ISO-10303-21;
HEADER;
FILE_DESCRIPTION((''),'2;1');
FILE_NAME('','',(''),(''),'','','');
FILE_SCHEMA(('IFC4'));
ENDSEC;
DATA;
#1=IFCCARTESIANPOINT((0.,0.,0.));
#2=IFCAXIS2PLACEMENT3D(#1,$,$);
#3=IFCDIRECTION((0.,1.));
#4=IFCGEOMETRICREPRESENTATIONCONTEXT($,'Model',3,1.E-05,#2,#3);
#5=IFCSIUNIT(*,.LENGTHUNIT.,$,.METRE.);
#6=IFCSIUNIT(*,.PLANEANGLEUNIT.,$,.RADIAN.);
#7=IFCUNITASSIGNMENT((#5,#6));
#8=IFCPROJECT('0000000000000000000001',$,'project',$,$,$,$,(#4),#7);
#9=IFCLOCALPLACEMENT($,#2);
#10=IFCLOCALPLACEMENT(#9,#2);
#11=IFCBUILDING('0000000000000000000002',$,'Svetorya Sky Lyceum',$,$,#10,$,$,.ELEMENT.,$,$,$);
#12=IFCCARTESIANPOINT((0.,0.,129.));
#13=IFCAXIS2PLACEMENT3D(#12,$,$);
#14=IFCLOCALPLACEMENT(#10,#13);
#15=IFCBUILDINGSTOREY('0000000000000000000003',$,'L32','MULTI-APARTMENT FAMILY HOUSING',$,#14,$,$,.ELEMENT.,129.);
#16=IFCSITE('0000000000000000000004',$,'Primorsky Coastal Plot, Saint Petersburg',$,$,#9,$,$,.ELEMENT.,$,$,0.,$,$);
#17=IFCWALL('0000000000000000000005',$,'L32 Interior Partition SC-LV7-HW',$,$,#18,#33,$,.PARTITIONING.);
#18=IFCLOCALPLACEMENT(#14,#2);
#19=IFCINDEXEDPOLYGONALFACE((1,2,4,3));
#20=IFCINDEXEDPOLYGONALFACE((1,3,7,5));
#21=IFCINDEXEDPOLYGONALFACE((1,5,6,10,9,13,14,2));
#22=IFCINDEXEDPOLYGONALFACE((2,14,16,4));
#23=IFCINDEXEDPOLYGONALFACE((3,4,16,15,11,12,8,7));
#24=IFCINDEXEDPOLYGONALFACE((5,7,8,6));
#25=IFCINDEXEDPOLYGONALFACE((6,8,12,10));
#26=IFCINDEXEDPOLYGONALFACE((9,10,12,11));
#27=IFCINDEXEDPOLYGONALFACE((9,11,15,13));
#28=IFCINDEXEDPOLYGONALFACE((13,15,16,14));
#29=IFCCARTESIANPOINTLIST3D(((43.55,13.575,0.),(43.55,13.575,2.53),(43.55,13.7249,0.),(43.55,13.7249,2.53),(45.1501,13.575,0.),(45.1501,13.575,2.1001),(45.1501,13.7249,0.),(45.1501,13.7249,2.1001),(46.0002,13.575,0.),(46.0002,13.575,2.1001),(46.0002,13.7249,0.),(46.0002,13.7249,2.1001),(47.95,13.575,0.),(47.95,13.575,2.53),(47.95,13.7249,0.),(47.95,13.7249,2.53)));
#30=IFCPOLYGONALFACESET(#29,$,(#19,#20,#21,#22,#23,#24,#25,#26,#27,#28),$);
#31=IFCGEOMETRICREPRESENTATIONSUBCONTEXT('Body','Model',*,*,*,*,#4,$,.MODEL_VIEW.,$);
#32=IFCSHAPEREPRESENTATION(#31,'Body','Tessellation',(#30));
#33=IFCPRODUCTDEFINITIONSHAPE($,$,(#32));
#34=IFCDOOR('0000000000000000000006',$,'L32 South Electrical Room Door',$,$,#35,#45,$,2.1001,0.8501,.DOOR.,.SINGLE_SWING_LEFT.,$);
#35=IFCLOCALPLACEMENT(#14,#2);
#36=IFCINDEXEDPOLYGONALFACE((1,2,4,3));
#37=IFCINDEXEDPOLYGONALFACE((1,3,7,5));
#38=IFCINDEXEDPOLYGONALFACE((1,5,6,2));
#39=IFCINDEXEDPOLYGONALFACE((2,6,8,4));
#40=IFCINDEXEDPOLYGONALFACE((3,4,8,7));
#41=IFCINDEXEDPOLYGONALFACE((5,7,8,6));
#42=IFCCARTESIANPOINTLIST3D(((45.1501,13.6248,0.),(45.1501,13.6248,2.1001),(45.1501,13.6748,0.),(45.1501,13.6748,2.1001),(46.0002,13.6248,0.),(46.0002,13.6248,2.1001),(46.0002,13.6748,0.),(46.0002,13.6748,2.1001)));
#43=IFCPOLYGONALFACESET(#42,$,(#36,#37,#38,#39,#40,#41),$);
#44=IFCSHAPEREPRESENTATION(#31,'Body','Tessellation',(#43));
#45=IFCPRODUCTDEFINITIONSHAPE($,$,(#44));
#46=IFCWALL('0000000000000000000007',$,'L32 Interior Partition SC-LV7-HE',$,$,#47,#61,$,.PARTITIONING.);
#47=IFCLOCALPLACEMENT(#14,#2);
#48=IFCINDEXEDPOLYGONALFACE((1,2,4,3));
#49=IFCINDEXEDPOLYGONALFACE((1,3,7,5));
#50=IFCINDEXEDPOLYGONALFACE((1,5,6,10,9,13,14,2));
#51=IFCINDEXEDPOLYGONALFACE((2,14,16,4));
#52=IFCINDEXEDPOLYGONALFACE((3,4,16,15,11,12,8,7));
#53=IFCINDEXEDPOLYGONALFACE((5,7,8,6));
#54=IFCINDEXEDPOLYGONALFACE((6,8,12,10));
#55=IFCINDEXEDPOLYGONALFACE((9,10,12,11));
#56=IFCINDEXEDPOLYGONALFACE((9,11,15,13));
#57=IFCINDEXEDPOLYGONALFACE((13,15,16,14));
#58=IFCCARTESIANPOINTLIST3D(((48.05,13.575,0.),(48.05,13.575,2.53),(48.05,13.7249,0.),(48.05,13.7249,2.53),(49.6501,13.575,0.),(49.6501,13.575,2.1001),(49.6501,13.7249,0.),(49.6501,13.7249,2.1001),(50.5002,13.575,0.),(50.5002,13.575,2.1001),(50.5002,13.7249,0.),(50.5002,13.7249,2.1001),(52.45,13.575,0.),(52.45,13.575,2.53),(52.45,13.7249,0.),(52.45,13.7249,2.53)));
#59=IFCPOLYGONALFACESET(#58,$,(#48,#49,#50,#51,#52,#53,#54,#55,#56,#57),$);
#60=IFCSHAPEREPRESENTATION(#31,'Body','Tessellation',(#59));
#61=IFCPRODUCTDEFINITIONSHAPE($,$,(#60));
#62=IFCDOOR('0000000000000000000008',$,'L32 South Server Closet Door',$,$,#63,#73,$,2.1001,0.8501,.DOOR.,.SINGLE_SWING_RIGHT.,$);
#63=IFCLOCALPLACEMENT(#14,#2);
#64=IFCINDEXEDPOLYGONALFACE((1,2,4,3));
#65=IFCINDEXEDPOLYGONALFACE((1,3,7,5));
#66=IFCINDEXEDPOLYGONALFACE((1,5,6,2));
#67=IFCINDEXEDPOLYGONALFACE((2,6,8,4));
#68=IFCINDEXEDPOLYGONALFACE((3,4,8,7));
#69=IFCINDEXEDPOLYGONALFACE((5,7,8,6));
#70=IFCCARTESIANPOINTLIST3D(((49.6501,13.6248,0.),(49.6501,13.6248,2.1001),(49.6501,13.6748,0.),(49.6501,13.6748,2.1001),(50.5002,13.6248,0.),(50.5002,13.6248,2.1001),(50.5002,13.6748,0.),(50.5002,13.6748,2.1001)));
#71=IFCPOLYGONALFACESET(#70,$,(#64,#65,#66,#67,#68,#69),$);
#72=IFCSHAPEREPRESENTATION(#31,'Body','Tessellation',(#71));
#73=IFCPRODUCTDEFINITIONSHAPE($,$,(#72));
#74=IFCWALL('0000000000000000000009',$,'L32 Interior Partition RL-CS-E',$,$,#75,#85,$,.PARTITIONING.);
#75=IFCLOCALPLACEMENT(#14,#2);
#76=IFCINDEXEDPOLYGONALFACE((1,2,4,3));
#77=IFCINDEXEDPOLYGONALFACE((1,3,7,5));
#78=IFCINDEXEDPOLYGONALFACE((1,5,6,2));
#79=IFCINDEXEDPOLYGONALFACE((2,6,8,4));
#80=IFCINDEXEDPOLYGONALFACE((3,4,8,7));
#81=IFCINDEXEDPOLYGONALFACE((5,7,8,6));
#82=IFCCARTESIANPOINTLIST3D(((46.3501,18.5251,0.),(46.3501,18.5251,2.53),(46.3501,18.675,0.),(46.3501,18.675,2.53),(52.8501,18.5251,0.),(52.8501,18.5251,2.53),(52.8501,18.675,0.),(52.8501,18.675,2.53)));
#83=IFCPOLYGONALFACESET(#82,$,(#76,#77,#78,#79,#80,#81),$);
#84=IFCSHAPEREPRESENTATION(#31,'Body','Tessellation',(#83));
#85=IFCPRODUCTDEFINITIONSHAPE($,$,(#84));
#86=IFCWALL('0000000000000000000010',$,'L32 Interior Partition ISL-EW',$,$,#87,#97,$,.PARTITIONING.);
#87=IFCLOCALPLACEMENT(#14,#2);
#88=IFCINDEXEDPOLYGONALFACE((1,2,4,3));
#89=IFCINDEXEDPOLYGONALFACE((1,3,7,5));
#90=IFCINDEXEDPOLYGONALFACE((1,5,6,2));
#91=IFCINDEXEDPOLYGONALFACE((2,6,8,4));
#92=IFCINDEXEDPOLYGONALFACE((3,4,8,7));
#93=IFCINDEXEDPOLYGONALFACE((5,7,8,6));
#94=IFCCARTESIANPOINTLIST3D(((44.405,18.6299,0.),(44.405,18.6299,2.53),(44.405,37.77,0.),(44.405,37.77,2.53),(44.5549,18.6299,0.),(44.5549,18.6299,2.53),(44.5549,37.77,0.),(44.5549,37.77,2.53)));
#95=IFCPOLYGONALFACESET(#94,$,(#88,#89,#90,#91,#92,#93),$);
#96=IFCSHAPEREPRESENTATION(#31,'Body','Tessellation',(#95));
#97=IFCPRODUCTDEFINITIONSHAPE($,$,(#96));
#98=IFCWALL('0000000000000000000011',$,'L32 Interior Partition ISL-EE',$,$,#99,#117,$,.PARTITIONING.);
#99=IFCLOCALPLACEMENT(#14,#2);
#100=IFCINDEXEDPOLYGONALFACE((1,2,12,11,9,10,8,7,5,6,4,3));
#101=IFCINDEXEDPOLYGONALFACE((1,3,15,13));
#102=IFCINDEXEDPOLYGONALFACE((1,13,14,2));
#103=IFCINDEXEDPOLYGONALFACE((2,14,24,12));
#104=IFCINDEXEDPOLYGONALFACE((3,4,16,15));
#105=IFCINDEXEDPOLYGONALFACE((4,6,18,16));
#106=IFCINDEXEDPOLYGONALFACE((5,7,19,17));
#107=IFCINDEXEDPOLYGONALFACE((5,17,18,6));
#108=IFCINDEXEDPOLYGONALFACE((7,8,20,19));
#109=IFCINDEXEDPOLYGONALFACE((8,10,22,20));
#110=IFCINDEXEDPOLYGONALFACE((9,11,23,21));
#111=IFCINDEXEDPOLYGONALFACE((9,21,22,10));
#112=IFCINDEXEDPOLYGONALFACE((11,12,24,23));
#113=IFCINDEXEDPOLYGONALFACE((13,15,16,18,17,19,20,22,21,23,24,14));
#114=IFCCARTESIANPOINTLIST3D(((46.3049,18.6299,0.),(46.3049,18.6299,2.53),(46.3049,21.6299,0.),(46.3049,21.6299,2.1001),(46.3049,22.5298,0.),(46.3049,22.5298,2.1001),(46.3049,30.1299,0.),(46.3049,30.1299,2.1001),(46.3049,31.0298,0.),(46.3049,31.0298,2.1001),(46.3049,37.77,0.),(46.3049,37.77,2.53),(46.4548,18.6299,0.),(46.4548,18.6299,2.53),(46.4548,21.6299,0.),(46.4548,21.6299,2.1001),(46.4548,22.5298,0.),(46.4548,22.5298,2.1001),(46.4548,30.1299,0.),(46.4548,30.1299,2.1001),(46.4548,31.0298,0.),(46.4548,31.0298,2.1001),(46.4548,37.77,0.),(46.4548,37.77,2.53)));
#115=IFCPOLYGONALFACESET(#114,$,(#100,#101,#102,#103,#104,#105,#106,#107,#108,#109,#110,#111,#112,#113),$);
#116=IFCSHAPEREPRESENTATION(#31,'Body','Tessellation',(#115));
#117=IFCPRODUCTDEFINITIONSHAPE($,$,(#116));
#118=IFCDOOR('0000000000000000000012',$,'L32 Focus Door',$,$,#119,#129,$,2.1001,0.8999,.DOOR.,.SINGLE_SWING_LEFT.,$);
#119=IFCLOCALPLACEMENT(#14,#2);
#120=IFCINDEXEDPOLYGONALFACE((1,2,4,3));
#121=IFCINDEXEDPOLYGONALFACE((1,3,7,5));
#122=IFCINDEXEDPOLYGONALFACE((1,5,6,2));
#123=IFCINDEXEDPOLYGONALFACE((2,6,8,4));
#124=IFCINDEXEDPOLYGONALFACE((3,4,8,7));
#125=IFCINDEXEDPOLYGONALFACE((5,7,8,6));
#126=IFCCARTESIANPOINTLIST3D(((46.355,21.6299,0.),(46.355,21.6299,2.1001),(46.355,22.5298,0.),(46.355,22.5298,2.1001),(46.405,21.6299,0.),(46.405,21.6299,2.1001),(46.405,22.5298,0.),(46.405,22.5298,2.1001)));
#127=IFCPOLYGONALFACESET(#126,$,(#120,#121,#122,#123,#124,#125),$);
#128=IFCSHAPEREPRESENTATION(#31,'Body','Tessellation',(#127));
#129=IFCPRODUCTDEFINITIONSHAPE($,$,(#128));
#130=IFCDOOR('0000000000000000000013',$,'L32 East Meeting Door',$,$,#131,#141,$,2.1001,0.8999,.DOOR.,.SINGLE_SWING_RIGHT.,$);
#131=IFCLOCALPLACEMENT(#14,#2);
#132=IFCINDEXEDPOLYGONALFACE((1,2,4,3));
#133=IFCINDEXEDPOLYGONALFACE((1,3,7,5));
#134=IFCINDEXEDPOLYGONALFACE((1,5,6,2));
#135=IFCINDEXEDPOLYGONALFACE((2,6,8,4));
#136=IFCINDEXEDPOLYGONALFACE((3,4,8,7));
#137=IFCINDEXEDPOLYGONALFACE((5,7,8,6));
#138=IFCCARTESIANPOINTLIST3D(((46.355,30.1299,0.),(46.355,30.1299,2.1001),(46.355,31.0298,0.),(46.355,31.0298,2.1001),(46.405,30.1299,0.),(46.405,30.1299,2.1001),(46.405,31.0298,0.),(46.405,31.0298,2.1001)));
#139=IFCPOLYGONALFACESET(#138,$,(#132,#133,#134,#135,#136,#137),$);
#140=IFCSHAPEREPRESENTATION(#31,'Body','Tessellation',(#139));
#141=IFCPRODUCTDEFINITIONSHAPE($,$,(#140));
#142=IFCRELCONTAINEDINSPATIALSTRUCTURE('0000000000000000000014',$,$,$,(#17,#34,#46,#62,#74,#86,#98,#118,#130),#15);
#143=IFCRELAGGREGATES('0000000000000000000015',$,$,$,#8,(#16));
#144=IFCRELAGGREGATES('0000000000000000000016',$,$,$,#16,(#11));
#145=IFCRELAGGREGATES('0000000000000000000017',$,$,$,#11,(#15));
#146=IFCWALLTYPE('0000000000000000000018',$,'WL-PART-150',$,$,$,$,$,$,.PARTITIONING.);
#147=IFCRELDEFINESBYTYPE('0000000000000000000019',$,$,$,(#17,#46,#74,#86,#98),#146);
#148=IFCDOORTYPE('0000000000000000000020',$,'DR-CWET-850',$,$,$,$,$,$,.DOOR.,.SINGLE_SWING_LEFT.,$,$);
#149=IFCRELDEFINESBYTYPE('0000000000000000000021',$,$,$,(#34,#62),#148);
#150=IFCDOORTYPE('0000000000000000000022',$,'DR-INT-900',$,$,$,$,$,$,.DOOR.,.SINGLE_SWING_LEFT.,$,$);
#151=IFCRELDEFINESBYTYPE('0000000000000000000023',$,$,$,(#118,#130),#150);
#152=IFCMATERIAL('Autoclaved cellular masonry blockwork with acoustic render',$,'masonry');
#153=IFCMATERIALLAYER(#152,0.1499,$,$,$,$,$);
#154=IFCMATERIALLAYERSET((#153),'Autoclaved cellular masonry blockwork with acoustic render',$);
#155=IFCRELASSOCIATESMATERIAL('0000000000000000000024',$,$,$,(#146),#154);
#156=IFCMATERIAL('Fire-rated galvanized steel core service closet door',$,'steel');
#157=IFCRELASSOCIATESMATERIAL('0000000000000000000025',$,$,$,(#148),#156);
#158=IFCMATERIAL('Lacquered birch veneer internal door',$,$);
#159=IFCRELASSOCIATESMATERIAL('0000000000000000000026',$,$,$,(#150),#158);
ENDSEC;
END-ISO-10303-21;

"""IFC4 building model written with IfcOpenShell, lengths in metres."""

from ifc_helpers import new_model, si_unit, direction, frame, frame_2d, origin, place, context, subcontext, project, spatial, rectangle, extrude, material, layer, layer_set, type_object, element, fill, save


model = new_model("IFC4")

# Units and contexts
model_context = context("Model", 3, precision=1e-05, world=origin(), true_north=direction((0.0, 1.0)))
body_context = subcontext(model_context, "Body", "Model", "MODEL_VIEW")
ifc_project = project(units=[si_unit("LENGTHUNIT", "METRE"), si_unit("PLANEANGLEUNIT", "RADIAN")], contexts=[model_context])

# Site, building, storey
site_placement = place(None, origin())
site = spatial("IfcSite", under=ifc_project, at=site_placement, Name="Primorsky Coastal Plot, Saint Petersburg", CompositionType="ELEMENT", RefElevation=0.0)
building_placement = place(site_placement, origin())
building = spatial("IfcBuilding", under=site, at=building_placement, Name="Svetorya Sky Lyceum", CompositionType="ELEMENT")
storey_placement = place(building_placement, frame((0.0, 0.0, 129.0)))
storey = spatial("IfcBuildingStorey", under=building, at=storey_placement, Name="L32", Description="MULTI-APARTMENT FAMILY HOUSING", CompositionType="ELEMENT", Elevation=129.0)

# Shared definitions
ifc_material_1 = material(Name="Autoclaved cellular masonry blockwork with acoustic render", Category="masonry")
ifc_layer_1 = layer(ifc_material_1, 0.1499)
ifc_layer_set_1 = layer_set([ifc_layer_1], Name="Autoclaved cellular masonry blockwork with acoustic render")
wall_type_1 = type_object("IfcWallType", Name="WL-PART-150", PredefinedType="PARTITIONING", material=ifc_layer_set_1)

# Walls, openings, doors
wall_1_placement = place(storey_placement, frame((43.55, 13.6499, 0.0), z_axis=(0.0, 0.0, 1.0), x_axis=(1.0, 0.0, 0.0)))
wall_1 = element("IfcWall", 1, at=wall_1_placement, inside=storey, type_object=wall_type_1, Name="L32 Interior Partition SC-LV7-HW", PredefinedType="PARTITIONING", context=body_context, shape_type="SweptSolid", body=[
    extrude(rectangle(XDim=4.3999, YDim=0.1499, at=frame_2d((2.2, 0.0))), origin(), (0.0, 0.0, 1.0), 2.53),
])
opening_1_placement = place(wall_1_placement, frame((1.6001, 0.0, 0.0)))
opening_1 = element("IfcOpeningElement", 2, at=opening_1_placement, cuts=wall_1, PredefinedType="OPENING", context=body_context, shape_type="SweptSolid", body=[
    extrude(rectangle(XDim=0.8501, YDim=2.1001, at=frame_2d((0.425, 1.05))), frame((0.0, 0.085, 0.0), z_axis=(0.0, -1.0, 0.0), x_axis=(1.0, 0.0, 0.0)), (0.0, 0.0, 1.0), 0.1699),
])
ifc_material_2 = material(Name="Fire-rated galvanized steel core service closet door", Category="steel")
door_type_1 = type_object("IfcDoorType", Name="DR-CWET-850", OperationType="SINGLE_SWING_LEFT", PredefinedType="DOOR", material=ifc_material_2)
door_1_placement = place(opening_1_placement, origin())
door_1 = element("IfcDoor", 3, at=door_1_placement, inside=storey, type_object=door_type_1, Name="L32 South Electrical Room Door", OperationType="SINGLE_SWING_LEFT", OverallHeight=2.1001, OverallWidth=0.8501, PredefinedType="DOOR", context=body_context, shape_type="SweptSolid", body=[
    extrude(rectangle(XDim=0.8501, YDim=2.1001, at=frame_2d((0.425, 1.05))), frame((0.0, 0.0249, 0.0), z_axis=(0.0, -1.0, 0.0), x_axis=(1.0, 0.0, 0.0)), (0.0, 0.0, 1.0), 0.05),
])
fill(opening_1, door_1)
wall_2_placement = place(storey_placement, frame((48.05, 13.6499, 0.0), z_axis=(0.0, 0.0, 1.0), x_axis=(1.0, 0.0, 0.0)))
wall_2 = element("IfcWall", 4, at=wall_2_placement, inside=storey, type_object=wall_type_1, Name="L32 Interior Partition SC-LV7-HE", PredefinedType="PARTITIONING", context=body_context, shape_type="SweptSolid", body=[
    extrude(rectangle(XDim=4.3999, YDim=0.1499, at=frame_2d((2.2, 0.0))), origin(), (0.0, 0.0, 1.0), 2.53),
])
opening_2_placement = place(wall_2_placement, frame((1.6001, 0.0, 0.0)))
opening_2 = element("IfcOpeningElement", 5, at=opening_2_placement, cuts=wall_2, PredefinedType="OPENING", context=body_context, shape_type="SweptSolid", body=[
    extrude(rectangle(XDim=0.8501, YDim=2.1001, at=frame_2d((0.425, 1.05))), frame((0.0, 0.085, 0.0), z_axis=(0.0, -1.0, 0.0), x_axis=(1.0, 0.0, 0.0)), (0.0, 0.0, 1.0), 0.1699),
])
door_2_placement = place(opening_2_placement, origin())
door_2 = element("IfcDoor", 6, at=door_2_placement, inside=storey, type_object=door_type_1, Name="L32 South Server Closet Door", OperationType="SINGLE_SWING_RIGHT", OverallHeight=2.1001, OverallWidth=0.8501, PredefinedType="DOOR", context=body_context, shape_type="SweptSolid", body=[
    extrude(rectangle(XDim=0.8501, YDim=2.1001, at=frame_2d((0.425, 1.05))), frame((0.0, 0.0249, 0.0), z_axis=(0.0, -1.0, 0.0), x_axis=(1.0, 0.0, 0.0)), (0.0, 0.0, 1.0), 0.05),
])
fill(opening_2, door_2)

# Walls
wall_3_placement = place(storey_placement, frame((46.3501, 18.6001, 0.0), z_axis=(0.0, 0.0, 1.0), x_axis=(1.0, 0.0, 0.0)))
element("IfcWall", 7, at=wall_3_placement, inside=storey, type_object=wall_type_1, Name="L32 Interior Partition RL-CS-E", PredefinedType="PARTITIONING", context=body_context, shape_type="SweptSolid", body=[
    extrude(rectangle(XDim=6.5, YDim=0.1499, at=frame_2d((3.25, 0.0))), origin(), (0.0, 0.0, 1.0), 2.53),
])
wall_4_placement = place(storey_placement, frame((44.48, 18.6299, 0.0), z_axis=(0.0, 0.0, 1.0), x_axis=(0.0, 1.0, 0.0)))
element("IfcWall", 8, at=wall_4_placement, inside=storey, type_object=wall_type_1, Name="L32 Interior Partition ISL-EW", PredefinedType="PARTITIONING", context=body_context, shape_type="SweptSolid", body=[
    extrude(rectangle(XDim=19.1401, YDim=0.1499, at=frame_2d((9.5701, 0.0))), origin(), (0.0, 0.0, 1.0), 2.53),
])

# Wall, openings, doors
wall_5_placement = place(storey_placement, frame((46.3799, 18.6299, 0.0), z_axis=(0.0, 0.0, 1.0), x_axis=(0.0, 1.0, 0.0)))
wall_5 = element("IfcWall", 9, at=wall_5_placement, inside=storey, type_object=wall_type_1, Name="L32 Interior Partition ISL-EE", PredefinedType="PARTITIONING", context=body_context, shape_type="SweptSolid", body=[
    extrude(rectangle(XDim=19.1401, YDim=0.1499, at=frame_2d((9.5701, 0.0))), origin(), (0.0, 0.0, 1.0), 2.53),
])
opening_3_placement = place(wall_5_placement, frame((3.0, 0.0, 0.0)))
opening_3 = element("IfcOpeningElement", 10, at=opening_3_placement, cuts=wall_5, PredefinedType="OPENING", context=body_context, shape_type="SweptSolid", body=[
    extrude(rectangle(XDim=0.8999, YDim=2.1001, at=frame_2d((0.45, 1.05))), frame((0.0, 0.085, 0.0), z_axis=(0.0, -1.0, 0.0), x_axis=(1.0, 0.0, 0.0)), (0.0, 0.0, 1.0), 0.1699),
])
opening_4_placement = place(wall_5_placement, frame((11.5, 0.0, 0.0)))
opening_4 = element("IfcOpeningElement", 11, at=opening_4_placement, cuts=wall_5, PredefinedType="OPENING", context=body_context, shape_type="SweptSolid", body=[
    extrude(rectangle(XDim=0.8999, YDim=2.1001, at=frame_2d((0.45, 1.05))), frame((0.0, 0.085, 0.0), z_axis=(0.0, -1.0, 0.0), x_axis=(1.0, 0.0, 0.0)), (0.0, 0.0, 1.0), 0.1699),
])
ifc_material_3 = material(Name="Lacquered birch veneer internal door")
door_type_2 = type_object("IfcDoorType", Name="DR-INT-900", OperationType="SINGLE_SWING_LEFT", PredefinedType="DOOR", material=ifc_material_3)
door_3_placement = place(opening_3_placement, origin())
door_3 = element("IfcDoor", 12, at=door_3_placement, inside=storey, type_object=door_type_2, Name="L32 Focus Door", OperationType="SINGLE_SWING_LEFT", OverallHeight=2.1001, OverallWidth=0.8999, PredefinedType="DOOR", context=body_context, shape_type="SweptSolid", body=[
    extrude(rectangle(XDim=0.8999, YDim=2.1001, at=frame_2d((0.45, 1.05))), frame((0.0, 0.0249, 0.0), z_axis=(0.0, -1.0, 0.0), x_axis=(1.0, 0.0, 0.0)), (0.0, 0.0, 1.0), 0.05),
])
fill(opening_3, door_3)
door_4_placement = place(opening_4_placement, origin())
door_4 = element("IfcDoor", 13, at=door_4_placement, inside=storey, type_object=door_type_2, Name="L32 East Meeting Door", OperationType="SINGLE_SWING_RIGHT", OverallHeight=2.1001, OverallWidth=0.8999, PredefinedType="DOOR", context=body_context, shape_type="SweptSolid", body=[
    extrude(rectangle(XDim=0.8999, YDim=2.1001, at=frame_2d((0.45, 1.05))), frame((0.0, 0.0249, 0.0), z_axis=(0.0, -1.0, 0.0), x_axis=(1.0, 0.0, 0.0)), (0.0, 0.0, 1.0), 0.05),
])
fill(opening_4, door_4)

save(model, "model.ifc")
